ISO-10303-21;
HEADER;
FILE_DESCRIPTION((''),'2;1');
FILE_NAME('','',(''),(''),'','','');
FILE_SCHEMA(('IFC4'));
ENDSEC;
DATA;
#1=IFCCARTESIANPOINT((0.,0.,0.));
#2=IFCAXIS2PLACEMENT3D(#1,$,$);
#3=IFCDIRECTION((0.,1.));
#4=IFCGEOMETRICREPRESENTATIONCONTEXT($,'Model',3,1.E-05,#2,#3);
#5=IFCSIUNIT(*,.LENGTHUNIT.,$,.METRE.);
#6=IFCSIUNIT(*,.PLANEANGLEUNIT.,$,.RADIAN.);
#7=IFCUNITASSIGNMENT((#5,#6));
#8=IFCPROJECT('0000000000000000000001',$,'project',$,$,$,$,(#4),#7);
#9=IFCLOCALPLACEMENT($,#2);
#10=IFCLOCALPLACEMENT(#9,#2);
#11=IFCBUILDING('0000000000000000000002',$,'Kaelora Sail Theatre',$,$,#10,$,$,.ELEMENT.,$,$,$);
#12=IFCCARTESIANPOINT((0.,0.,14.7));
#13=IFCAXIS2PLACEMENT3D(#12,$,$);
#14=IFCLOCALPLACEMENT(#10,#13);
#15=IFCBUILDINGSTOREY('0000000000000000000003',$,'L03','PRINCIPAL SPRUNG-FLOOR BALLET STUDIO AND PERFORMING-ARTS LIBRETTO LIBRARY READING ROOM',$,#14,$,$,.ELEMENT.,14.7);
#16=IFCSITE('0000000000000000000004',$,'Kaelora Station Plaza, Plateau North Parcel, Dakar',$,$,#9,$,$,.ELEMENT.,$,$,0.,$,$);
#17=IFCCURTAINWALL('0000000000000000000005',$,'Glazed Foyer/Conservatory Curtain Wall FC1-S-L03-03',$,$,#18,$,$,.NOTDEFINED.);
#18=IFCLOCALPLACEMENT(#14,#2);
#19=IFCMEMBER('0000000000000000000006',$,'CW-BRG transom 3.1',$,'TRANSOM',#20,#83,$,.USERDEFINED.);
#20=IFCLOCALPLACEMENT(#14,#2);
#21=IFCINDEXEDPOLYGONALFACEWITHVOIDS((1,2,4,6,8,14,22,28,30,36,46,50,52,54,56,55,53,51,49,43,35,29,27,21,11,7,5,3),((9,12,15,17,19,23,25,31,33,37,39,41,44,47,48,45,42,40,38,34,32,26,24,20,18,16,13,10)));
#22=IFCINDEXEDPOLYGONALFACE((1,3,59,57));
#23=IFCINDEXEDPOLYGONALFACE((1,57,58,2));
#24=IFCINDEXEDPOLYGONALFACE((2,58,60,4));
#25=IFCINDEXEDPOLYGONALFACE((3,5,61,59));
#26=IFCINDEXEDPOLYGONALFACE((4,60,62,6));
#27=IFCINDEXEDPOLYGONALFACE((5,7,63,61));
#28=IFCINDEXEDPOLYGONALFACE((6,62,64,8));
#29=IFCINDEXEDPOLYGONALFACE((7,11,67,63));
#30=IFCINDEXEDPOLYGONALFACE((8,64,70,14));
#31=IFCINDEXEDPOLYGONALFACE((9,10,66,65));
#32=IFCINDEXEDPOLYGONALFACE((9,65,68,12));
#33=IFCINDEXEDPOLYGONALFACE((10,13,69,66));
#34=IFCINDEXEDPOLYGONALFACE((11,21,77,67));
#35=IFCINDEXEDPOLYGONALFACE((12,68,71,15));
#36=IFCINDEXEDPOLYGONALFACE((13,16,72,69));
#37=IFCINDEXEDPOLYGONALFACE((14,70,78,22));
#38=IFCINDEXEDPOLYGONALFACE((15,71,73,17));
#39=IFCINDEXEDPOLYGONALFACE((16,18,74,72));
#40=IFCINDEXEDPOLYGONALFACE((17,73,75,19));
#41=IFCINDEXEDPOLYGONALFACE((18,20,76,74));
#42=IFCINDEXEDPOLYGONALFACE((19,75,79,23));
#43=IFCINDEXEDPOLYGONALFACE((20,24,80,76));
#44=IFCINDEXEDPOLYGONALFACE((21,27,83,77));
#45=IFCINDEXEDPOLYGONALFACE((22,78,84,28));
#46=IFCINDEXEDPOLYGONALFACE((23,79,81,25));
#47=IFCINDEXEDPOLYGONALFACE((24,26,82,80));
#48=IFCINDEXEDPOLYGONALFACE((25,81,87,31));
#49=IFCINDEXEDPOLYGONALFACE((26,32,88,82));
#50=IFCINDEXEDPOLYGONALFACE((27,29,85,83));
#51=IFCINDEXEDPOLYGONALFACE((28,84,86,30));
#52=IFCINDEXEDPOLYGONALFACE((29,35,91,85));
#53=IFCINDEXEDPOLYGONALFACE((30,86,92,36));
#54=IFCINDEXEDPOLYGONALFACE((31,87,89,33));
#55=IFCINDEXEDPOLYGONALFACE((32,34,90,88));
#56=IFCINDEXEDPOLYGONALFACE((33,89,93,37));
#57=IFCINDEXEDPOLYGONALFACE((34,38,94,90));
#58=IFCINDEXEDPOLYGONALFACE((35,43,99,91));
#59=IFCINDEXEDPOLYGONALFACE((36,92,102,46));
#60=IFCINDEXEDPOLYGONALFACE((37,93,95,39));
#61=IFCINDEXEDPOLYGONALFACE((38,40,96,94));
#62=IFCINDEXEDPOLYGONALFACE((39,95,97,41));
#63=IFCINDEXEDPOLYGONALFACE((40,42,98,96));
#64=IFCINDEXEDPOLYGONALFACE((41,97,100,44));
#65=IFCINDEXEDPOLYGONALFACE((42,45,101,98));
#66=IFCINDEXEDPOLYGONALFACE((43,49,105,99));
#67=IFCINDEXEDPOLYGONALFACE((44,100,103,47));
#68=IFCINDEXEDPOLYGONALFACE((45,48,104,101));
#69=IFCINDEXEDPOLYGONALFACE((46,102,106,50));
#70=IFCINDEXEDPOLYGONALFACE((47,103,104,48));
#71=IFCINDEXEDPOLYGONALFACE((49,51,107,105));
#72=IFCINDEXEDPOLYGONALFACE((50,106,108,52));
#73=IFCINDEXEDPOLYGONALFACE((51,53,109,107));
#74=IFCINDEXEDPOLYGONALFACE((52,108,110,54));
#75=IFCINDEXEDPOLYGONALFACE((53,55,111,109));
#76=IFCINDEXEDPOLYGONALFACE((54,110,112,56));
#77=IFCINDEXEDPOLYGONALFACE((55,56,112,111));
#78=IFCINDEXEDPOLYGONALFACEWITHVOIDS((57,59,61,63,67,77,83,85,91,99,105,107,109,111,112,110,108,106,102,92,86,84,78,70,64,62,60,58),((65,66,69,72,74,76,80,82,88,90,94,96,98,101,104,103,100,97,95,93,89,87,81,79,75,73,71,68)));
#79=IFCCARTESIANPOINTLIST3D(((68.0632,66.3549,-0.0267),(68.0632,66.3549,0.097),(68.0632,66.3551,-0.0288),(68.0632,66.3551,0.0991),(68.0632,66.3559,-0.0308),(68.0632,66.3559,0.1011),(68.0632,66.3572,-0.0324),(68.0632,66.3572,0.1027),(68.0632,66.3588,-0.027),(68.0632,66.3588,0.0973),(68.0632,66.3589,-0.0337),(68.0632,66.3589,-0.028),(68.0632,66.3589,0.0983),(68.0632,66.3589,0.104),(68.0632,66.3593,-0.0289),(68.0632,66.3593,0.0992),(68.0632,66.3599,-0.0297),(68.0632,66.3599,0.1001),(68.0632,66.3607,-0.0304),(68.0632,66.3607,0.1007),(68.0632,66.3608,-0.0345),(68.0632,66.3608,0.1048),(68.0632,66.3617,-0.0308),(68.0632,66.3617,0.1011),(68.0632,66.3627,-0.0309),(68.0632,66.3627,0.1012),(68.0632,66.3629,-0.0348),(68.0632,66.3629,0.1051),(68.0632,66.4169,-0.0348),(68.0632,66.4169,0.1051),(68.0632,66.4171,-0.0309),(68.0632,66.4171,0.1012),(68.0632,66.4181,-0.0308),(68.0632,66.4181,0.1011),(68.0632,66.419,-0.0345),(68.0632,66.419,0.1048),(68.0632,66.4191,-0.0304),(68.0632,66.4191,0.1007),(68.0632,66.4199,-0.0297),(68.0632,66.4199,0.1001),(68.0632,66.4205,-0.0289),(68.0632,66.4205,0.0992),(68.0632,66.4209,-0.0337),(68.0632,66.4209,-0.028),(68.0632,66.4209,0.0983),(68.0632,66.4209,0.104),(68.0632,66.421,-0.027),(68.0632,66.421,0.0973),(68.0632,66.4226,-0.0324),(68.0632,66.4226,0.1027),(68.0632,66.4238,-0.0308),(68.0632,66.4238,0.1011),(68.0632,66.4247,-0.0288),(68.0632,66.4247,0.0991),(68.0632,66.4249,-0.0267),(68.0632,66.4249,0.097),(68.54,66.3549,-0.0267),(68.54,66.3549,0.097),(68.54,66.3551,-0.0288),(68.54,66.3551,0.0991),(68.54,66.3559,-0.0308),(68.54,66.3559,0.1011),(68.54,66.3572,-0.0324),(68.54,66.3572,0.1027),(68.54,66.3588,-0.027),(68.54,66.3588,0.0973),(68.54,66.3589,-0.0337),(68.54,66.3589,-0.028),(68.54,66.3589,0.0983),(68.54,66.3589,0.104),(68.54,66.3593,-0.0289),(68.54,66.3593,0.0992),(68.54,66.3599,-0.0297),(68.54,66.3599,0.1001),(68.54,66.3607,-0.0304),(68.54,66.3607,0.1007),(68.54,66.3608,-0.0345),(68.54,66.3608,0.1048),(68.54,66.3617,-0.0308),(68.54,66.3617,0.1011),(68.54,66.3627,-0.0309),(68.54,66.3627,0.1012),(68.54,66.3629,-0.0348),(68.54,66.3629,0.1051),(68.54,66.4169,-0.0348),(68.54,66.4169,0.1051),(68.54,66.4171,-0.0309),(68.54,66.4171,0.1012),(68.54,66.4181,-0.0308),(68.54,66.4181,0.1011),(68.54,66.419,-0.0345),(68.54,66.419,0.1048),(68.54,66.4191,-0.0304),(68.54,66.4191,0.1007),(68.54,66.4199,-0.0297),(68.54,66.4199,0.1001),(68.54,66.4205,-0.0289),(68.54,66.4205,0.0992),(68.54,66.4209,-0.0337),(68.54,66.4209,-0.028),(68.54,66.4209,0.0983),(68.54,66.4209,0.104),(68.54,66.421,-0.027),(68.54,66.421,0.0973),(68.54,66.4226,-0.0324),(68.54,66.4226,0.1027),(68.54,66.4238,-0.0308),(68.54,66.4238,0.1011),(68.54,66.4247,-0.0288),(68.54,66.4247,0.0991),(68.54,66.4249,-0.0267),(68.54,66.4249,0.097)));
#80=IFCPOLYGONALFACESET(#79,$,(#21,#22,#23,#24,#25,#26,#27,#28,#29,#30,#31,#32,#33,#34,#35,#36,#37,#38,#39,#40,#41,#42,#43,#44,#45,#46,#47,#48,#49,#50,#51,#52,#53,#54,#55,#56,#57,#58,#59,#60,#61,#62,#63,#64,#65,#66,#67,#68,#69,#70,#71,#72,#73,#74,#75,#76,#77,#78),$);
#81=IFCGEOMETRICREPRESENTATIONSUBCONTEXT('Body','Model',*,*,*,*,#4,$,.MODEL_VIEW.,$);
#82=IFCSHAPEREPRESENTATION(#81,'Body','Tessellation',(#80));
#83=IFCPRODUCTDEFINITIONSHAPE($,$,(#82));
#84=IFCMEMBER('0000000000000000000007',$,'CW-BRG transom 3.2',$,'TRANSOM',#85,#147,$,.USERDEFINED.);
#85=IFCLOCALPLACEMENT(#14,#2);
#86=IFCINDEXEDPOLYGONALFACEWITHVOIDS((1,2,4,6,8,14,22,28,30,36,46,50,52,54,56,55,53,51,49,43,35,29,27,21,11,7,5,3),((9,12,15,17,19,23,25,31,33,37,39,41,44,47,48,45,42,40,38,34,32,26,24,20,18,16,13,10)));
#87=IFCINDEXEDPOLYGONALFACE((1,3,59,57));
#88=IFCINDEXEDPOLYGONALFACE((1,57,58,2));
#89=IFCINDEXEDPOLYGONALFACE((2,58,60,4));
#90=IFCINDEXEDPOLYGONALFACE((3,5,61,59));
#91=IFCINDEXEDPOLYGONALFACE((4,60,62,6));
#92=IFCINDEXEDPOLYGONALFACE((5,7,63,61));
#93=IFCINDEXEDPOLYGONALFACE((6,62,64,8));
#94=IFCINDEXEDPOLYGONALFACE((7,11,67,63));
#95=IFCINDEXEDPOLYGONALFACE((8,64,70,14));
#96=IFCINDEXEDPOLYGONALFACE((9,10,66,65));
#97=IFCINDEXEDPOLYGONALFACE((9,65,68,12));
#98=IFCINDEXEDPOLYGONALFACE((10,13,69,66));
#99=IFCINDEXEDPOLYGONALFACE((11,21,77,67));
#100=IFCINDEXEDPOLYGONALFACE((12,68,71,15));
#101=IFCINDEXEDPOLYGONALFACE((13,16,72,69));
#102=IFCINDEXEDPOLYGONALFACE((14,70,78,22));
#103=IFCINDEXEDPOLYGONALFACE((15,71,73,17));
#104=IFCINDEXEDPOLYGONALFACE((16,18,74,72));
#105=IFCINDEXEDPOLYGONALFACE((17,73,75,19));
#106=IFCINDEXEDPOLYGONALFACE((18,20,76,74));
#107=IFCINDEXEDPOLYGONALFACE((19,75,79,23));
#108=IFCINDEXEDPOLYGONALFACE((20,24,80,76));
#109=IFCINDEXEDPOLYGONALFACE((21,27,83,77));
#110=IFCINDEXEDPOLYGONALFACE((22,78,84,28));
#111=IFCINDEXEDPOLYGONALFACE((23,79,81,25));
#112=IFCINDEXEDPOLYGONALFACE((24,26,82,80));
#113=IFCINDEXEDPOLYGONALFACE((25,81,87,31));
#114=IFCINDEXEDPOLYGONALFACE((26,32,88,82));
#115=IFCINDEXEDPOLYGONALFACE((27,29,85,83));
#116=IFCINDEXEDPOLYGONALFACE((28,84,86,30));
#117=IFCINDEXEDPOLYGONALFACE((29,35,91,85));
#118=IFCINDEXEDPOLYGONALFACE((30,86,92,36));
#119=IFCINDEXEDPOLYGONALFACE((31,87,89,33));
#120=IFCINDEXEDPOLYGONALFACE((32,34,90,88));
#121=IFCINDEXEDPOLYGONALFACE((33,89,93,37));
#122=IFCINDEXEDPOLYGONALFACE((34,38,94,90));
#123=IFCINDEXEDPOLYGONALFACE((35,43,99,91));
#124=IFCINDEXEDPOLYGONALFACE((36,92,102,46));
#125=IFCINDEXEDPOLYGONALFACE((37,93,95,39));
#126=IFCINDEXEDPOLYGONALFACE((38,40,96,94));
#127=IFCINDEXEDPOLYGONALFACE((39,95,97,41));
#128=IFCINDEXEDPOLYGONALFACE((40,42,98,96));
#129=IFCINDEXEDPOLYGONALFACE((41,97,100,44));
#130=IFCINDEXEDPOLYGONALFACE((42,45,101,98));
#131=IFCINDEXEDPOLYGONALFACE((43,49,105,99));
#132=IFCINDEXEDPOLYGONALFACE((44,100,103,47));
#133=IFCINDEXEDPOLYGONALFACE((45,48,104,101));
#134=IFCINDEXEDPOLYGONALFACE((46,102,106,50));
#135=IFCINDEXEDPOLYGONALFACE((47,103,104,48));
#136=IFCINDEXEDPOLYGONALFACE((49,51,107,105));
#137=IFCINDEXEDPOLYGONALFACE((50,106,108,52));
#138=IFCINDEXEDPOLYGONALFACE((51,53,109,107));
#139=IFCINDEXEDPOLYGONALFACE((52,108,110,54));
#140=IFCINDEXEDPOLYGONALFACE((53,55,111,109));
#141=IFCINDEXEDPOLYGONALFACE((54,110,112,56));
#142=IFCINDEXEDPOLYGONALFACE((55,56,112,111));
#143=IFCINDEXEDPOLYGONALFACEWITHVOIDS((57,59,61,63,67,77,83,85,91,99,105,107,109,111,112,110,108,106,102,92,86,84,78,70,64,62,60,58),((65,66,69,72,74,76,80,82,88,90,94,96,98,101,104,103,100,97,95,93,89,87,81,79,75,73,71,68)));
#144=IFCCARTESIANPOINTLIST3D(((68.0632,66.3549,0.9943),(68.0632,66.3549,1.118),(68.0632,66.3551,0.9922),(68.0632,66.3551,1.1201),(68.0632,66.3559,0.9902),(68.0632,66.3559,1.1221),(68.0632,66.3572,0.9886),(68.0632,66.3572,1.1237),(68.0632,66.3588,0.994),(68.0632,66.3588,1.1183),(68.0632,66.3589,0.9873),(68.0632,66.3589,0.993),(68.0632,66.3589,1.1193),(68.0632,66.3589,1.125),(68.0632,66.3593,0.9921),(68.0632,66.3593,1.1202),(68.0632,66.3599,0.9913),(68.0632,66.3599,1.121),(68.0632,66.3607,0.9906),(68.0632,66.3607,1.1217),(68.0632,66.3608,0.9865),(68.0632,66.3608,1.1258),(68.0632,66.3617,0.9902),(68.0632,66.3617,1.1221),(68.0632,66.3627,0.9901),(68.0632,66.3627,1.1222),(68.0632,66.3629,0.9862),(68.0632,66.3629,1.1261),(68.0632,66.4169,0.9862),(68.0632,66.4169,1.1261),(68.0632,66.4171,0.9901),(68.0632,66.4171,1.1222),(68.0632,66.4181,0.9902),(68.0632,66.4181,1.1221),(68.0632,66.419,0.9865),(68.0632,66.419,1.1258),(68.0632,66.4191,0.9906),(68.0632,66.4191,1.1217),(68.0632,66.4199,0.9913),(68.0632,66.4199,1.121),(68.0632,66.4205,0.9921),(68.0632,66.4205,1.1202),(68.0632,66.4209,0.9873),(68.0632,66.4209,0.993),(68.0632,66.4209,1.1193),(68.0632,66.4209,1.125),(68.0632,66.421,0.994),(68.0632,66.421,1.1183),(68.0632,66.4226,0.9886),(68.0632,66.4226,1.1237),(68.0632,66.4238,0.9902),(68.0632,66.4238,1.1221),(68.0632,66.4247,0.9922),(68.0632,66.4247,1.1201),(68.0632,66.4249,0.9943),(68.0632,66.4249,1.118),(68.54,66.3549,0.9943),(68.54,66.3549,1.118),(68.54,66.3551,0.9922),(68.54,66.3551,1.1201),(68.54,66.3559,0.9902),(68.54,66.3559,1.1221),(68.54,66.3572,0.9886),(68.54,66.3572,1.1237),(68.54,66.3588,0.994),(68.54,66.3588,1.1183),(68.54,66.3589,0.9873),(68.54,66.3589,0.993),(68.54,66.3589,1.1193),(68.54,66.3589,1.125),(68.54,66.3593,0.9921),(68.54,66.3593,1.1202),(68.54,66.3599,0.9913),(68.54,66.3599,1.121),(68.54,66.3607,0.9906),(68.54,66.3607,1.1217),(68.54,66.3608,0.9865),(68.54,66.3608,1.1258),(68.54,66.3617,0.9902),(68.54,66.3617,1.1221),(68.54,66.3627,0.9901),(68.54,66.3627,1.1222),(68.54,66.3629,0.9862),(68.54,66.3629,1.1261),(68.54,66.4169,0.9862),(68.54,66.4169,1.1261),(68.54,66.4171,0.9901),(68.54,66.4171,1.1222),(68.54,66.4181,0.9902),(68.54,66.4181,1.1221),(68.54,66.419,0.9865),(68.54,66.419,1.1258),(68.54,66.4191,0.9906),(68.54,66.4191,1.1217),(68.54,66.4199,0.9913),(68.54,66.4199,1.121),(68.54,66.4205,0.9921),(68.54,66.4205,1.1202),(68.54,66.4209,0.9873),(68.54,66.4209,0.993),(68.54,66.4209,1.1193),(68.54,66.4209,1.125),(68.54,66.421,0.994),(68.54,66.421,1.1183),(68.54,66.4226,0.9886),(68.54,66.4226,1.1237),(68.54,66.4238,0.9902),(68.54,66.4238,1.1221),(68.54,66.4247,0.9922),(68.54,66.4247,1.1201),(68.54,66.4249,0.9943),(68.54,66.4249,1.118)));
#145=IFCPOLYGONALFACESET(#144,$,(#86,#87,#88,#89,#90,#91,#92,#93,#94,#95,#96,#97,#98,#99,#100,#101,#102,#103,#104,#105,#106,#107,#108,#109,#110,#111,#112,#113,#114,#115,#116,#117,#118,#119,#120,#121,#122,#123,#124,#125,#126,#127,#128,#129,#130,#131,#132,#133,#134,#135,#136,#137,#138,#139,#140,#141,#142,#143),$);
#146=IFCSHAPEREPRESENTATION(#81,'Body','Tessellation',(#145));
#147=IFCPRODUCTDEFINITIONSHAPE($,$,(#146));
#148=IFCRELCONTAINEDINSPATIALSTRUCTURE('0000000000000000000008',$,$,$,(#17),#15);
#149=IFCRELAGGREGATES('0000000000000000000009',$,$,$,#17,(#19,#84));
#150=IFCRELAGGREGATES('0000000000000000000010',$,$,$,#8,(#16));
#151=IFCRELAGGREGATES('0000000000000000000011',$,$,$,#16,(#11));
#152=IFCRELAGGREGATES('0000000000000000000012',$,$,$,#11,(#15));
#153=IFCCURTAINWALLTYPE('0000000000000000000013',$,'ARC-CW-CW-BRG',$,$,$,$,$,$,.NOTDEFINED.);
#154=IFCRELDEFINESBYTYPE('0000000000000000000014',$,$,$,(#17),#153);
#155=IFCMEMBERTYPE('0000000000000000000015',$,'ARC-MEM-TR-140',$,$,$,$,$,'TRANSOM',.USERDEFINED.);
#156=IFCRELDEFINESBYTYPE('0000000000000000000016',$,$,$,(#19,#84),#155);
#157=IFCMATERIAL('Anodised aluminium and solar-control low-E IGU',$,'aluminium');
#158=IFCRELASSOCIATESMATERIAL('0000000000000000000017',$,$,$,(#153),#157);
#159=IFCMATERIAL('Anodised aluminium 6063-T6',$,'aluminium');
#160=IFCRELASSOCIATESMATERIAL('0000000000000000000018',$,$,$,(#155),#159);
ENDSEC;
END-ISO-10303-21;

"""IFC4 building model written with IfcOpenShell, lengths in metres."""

from ifc_helpers import new_model, si_unit, direction, frame, origin, origin_2d, place, context, subcontext, project, spatial, hollow_rectangle, extrude, material, material_profile, profile_set, type_object, element, aggregate, save


model = new_model("IFC4")

# Units and contexts
model_context = context("Model", 3, precision=1e-05, world=origin(), true_north=direction((0.0, 1.0)))
body_context = subcontext(model_context, "Body", "Model", "MODEL_VIEW")
ifc_project = project(units=[si_unit("LENGTHUNIT", "METRE"), si_unit("PLANEANGLEUNIT", "RADIAN")], contexts=[model_context])

# Site, building, storey
site_placement = place(None, origin())
site = spatial("IfcSite", under=ifc_project, at=site_placement, Name="Kaelora Station Plaza, Plateau North Parcel, Dakar", CompositionType="ELEMENT", RefElevation=0.0)
building_placement = place(site_placement, origin())
building = spatial("IfcBuilding", under=site, at=building_placement, Name="Kaelora Sail Theatre", CompositionType="ELEMENT")
storey_placement = place(building_placement, frame((0.0, 0.0, 14.7)))
storey = spatial("IfcBuildingStorey", under=building, at=storey_placement, Name="L03", Description="PRINCIPAL SPRUNG-FLOOR BALLET STUDIO AND PERFORMING-ARTS LIBRETTO LIBRARY READING ROOM", CompositionType="ELEMENT", Elevation=14.7)

# Curtain wall
ifc_material_1 = material(Name="Anodised aluminium and solar-control low-E IGU", Category="aluminium")
curtain_wall_type = type_object("IfcCurtainWallType", Name="ARC-CW-CW-BRG", PredefinedType="NOTDEFINED", material=ifc_material_1)
curtain_wall_1_placement = place(storey_placement, origin())
curtain_wall_1 = element("IfcCurtainWall", 1, at=curtain_wall_1_placement, inside=storey, type_object=curtain_wall_type, Name="Glazed Foyer/Conservatory Curtain Wall FC1-S-L03-03", PredefinedType="NOTDEFINED")

# Members
ifc_material_2 = material(Name="Anodised aluminium 6063-T6", Category="aluminium")
ifc_material_profile_1 = material_profile(ifc_material_2, hollow_rectangle(XDim=0.0701, YDim=0.1399, WallThickness=0.0039, InnerFilletRadius=0.0039, OuterFilletRadius=0.0081, at=origin_2d()), Name="ALU-TRAN 70x140x4")
ifc_profile_set_1 = profile_set([ifc_material_profile_1], Name="Anodised aluminium 6063-T6")
member_type_1 = type_object("IfcMemberType", Name="ARC-MEM-TR-140", ElementType="TRANSOM", PredefinedType="USERDEFINED", material=ifc_profile_set_1)
member_1_placement = place(storey_placement, frame((68.0632, 66.3899, 0.0352), z_axis=(1.0, 0.0, 0.0), x_axis=(0.0, 1.0, 0.0)))
member_1 = element("IfcMember", 2, at=member_1_placement, type_object=member_type_1, Name="CW-BRG transom 3.1", ObjectType="TRANSOM", PredefinedType="USERDEFINED", context=body_context, shape_type="SweptSolid", body=[
    extrude(hollow_rectangle(XDim=0.0701, YDim=0.1399, WallThickness=0.0039, InnerFilletRadius=0.0039, OuterFilletRadius=0.0081, at=origin_2d()), origin(), (0.0, 0.0, 1.0), 0.4768),
])
member_2_placement = place(storey_placement, frame((68.0632, 66.3899, 1.0562), z_axis=(1.0, 0.0, 0.0), x_axis=(0.0, 1.0, 0.0)))
member_2 = element("IfcMember", 3, at=member_2_placement, type_object=member_type_1, Name="CW-BRG transom 3.2", ObjectType="TRANSOM", PredefinedType="USERDEFINED", context=body_context, shape_type="SweptSolid", body=[
    extrude(hollow_rectangle(XDim=0.0701, YDim=0.1399, WallThickness=0.0039, InnerFilletRadius=0.0039, OuterFilletRadius=0.0081, at=origin_2d()), origin(), (0.0, 0.0, 1.0), 0.4768),
])

aggregate(curtain_wall_1, [member_1, member_2])

save(model, "model.ifc")
